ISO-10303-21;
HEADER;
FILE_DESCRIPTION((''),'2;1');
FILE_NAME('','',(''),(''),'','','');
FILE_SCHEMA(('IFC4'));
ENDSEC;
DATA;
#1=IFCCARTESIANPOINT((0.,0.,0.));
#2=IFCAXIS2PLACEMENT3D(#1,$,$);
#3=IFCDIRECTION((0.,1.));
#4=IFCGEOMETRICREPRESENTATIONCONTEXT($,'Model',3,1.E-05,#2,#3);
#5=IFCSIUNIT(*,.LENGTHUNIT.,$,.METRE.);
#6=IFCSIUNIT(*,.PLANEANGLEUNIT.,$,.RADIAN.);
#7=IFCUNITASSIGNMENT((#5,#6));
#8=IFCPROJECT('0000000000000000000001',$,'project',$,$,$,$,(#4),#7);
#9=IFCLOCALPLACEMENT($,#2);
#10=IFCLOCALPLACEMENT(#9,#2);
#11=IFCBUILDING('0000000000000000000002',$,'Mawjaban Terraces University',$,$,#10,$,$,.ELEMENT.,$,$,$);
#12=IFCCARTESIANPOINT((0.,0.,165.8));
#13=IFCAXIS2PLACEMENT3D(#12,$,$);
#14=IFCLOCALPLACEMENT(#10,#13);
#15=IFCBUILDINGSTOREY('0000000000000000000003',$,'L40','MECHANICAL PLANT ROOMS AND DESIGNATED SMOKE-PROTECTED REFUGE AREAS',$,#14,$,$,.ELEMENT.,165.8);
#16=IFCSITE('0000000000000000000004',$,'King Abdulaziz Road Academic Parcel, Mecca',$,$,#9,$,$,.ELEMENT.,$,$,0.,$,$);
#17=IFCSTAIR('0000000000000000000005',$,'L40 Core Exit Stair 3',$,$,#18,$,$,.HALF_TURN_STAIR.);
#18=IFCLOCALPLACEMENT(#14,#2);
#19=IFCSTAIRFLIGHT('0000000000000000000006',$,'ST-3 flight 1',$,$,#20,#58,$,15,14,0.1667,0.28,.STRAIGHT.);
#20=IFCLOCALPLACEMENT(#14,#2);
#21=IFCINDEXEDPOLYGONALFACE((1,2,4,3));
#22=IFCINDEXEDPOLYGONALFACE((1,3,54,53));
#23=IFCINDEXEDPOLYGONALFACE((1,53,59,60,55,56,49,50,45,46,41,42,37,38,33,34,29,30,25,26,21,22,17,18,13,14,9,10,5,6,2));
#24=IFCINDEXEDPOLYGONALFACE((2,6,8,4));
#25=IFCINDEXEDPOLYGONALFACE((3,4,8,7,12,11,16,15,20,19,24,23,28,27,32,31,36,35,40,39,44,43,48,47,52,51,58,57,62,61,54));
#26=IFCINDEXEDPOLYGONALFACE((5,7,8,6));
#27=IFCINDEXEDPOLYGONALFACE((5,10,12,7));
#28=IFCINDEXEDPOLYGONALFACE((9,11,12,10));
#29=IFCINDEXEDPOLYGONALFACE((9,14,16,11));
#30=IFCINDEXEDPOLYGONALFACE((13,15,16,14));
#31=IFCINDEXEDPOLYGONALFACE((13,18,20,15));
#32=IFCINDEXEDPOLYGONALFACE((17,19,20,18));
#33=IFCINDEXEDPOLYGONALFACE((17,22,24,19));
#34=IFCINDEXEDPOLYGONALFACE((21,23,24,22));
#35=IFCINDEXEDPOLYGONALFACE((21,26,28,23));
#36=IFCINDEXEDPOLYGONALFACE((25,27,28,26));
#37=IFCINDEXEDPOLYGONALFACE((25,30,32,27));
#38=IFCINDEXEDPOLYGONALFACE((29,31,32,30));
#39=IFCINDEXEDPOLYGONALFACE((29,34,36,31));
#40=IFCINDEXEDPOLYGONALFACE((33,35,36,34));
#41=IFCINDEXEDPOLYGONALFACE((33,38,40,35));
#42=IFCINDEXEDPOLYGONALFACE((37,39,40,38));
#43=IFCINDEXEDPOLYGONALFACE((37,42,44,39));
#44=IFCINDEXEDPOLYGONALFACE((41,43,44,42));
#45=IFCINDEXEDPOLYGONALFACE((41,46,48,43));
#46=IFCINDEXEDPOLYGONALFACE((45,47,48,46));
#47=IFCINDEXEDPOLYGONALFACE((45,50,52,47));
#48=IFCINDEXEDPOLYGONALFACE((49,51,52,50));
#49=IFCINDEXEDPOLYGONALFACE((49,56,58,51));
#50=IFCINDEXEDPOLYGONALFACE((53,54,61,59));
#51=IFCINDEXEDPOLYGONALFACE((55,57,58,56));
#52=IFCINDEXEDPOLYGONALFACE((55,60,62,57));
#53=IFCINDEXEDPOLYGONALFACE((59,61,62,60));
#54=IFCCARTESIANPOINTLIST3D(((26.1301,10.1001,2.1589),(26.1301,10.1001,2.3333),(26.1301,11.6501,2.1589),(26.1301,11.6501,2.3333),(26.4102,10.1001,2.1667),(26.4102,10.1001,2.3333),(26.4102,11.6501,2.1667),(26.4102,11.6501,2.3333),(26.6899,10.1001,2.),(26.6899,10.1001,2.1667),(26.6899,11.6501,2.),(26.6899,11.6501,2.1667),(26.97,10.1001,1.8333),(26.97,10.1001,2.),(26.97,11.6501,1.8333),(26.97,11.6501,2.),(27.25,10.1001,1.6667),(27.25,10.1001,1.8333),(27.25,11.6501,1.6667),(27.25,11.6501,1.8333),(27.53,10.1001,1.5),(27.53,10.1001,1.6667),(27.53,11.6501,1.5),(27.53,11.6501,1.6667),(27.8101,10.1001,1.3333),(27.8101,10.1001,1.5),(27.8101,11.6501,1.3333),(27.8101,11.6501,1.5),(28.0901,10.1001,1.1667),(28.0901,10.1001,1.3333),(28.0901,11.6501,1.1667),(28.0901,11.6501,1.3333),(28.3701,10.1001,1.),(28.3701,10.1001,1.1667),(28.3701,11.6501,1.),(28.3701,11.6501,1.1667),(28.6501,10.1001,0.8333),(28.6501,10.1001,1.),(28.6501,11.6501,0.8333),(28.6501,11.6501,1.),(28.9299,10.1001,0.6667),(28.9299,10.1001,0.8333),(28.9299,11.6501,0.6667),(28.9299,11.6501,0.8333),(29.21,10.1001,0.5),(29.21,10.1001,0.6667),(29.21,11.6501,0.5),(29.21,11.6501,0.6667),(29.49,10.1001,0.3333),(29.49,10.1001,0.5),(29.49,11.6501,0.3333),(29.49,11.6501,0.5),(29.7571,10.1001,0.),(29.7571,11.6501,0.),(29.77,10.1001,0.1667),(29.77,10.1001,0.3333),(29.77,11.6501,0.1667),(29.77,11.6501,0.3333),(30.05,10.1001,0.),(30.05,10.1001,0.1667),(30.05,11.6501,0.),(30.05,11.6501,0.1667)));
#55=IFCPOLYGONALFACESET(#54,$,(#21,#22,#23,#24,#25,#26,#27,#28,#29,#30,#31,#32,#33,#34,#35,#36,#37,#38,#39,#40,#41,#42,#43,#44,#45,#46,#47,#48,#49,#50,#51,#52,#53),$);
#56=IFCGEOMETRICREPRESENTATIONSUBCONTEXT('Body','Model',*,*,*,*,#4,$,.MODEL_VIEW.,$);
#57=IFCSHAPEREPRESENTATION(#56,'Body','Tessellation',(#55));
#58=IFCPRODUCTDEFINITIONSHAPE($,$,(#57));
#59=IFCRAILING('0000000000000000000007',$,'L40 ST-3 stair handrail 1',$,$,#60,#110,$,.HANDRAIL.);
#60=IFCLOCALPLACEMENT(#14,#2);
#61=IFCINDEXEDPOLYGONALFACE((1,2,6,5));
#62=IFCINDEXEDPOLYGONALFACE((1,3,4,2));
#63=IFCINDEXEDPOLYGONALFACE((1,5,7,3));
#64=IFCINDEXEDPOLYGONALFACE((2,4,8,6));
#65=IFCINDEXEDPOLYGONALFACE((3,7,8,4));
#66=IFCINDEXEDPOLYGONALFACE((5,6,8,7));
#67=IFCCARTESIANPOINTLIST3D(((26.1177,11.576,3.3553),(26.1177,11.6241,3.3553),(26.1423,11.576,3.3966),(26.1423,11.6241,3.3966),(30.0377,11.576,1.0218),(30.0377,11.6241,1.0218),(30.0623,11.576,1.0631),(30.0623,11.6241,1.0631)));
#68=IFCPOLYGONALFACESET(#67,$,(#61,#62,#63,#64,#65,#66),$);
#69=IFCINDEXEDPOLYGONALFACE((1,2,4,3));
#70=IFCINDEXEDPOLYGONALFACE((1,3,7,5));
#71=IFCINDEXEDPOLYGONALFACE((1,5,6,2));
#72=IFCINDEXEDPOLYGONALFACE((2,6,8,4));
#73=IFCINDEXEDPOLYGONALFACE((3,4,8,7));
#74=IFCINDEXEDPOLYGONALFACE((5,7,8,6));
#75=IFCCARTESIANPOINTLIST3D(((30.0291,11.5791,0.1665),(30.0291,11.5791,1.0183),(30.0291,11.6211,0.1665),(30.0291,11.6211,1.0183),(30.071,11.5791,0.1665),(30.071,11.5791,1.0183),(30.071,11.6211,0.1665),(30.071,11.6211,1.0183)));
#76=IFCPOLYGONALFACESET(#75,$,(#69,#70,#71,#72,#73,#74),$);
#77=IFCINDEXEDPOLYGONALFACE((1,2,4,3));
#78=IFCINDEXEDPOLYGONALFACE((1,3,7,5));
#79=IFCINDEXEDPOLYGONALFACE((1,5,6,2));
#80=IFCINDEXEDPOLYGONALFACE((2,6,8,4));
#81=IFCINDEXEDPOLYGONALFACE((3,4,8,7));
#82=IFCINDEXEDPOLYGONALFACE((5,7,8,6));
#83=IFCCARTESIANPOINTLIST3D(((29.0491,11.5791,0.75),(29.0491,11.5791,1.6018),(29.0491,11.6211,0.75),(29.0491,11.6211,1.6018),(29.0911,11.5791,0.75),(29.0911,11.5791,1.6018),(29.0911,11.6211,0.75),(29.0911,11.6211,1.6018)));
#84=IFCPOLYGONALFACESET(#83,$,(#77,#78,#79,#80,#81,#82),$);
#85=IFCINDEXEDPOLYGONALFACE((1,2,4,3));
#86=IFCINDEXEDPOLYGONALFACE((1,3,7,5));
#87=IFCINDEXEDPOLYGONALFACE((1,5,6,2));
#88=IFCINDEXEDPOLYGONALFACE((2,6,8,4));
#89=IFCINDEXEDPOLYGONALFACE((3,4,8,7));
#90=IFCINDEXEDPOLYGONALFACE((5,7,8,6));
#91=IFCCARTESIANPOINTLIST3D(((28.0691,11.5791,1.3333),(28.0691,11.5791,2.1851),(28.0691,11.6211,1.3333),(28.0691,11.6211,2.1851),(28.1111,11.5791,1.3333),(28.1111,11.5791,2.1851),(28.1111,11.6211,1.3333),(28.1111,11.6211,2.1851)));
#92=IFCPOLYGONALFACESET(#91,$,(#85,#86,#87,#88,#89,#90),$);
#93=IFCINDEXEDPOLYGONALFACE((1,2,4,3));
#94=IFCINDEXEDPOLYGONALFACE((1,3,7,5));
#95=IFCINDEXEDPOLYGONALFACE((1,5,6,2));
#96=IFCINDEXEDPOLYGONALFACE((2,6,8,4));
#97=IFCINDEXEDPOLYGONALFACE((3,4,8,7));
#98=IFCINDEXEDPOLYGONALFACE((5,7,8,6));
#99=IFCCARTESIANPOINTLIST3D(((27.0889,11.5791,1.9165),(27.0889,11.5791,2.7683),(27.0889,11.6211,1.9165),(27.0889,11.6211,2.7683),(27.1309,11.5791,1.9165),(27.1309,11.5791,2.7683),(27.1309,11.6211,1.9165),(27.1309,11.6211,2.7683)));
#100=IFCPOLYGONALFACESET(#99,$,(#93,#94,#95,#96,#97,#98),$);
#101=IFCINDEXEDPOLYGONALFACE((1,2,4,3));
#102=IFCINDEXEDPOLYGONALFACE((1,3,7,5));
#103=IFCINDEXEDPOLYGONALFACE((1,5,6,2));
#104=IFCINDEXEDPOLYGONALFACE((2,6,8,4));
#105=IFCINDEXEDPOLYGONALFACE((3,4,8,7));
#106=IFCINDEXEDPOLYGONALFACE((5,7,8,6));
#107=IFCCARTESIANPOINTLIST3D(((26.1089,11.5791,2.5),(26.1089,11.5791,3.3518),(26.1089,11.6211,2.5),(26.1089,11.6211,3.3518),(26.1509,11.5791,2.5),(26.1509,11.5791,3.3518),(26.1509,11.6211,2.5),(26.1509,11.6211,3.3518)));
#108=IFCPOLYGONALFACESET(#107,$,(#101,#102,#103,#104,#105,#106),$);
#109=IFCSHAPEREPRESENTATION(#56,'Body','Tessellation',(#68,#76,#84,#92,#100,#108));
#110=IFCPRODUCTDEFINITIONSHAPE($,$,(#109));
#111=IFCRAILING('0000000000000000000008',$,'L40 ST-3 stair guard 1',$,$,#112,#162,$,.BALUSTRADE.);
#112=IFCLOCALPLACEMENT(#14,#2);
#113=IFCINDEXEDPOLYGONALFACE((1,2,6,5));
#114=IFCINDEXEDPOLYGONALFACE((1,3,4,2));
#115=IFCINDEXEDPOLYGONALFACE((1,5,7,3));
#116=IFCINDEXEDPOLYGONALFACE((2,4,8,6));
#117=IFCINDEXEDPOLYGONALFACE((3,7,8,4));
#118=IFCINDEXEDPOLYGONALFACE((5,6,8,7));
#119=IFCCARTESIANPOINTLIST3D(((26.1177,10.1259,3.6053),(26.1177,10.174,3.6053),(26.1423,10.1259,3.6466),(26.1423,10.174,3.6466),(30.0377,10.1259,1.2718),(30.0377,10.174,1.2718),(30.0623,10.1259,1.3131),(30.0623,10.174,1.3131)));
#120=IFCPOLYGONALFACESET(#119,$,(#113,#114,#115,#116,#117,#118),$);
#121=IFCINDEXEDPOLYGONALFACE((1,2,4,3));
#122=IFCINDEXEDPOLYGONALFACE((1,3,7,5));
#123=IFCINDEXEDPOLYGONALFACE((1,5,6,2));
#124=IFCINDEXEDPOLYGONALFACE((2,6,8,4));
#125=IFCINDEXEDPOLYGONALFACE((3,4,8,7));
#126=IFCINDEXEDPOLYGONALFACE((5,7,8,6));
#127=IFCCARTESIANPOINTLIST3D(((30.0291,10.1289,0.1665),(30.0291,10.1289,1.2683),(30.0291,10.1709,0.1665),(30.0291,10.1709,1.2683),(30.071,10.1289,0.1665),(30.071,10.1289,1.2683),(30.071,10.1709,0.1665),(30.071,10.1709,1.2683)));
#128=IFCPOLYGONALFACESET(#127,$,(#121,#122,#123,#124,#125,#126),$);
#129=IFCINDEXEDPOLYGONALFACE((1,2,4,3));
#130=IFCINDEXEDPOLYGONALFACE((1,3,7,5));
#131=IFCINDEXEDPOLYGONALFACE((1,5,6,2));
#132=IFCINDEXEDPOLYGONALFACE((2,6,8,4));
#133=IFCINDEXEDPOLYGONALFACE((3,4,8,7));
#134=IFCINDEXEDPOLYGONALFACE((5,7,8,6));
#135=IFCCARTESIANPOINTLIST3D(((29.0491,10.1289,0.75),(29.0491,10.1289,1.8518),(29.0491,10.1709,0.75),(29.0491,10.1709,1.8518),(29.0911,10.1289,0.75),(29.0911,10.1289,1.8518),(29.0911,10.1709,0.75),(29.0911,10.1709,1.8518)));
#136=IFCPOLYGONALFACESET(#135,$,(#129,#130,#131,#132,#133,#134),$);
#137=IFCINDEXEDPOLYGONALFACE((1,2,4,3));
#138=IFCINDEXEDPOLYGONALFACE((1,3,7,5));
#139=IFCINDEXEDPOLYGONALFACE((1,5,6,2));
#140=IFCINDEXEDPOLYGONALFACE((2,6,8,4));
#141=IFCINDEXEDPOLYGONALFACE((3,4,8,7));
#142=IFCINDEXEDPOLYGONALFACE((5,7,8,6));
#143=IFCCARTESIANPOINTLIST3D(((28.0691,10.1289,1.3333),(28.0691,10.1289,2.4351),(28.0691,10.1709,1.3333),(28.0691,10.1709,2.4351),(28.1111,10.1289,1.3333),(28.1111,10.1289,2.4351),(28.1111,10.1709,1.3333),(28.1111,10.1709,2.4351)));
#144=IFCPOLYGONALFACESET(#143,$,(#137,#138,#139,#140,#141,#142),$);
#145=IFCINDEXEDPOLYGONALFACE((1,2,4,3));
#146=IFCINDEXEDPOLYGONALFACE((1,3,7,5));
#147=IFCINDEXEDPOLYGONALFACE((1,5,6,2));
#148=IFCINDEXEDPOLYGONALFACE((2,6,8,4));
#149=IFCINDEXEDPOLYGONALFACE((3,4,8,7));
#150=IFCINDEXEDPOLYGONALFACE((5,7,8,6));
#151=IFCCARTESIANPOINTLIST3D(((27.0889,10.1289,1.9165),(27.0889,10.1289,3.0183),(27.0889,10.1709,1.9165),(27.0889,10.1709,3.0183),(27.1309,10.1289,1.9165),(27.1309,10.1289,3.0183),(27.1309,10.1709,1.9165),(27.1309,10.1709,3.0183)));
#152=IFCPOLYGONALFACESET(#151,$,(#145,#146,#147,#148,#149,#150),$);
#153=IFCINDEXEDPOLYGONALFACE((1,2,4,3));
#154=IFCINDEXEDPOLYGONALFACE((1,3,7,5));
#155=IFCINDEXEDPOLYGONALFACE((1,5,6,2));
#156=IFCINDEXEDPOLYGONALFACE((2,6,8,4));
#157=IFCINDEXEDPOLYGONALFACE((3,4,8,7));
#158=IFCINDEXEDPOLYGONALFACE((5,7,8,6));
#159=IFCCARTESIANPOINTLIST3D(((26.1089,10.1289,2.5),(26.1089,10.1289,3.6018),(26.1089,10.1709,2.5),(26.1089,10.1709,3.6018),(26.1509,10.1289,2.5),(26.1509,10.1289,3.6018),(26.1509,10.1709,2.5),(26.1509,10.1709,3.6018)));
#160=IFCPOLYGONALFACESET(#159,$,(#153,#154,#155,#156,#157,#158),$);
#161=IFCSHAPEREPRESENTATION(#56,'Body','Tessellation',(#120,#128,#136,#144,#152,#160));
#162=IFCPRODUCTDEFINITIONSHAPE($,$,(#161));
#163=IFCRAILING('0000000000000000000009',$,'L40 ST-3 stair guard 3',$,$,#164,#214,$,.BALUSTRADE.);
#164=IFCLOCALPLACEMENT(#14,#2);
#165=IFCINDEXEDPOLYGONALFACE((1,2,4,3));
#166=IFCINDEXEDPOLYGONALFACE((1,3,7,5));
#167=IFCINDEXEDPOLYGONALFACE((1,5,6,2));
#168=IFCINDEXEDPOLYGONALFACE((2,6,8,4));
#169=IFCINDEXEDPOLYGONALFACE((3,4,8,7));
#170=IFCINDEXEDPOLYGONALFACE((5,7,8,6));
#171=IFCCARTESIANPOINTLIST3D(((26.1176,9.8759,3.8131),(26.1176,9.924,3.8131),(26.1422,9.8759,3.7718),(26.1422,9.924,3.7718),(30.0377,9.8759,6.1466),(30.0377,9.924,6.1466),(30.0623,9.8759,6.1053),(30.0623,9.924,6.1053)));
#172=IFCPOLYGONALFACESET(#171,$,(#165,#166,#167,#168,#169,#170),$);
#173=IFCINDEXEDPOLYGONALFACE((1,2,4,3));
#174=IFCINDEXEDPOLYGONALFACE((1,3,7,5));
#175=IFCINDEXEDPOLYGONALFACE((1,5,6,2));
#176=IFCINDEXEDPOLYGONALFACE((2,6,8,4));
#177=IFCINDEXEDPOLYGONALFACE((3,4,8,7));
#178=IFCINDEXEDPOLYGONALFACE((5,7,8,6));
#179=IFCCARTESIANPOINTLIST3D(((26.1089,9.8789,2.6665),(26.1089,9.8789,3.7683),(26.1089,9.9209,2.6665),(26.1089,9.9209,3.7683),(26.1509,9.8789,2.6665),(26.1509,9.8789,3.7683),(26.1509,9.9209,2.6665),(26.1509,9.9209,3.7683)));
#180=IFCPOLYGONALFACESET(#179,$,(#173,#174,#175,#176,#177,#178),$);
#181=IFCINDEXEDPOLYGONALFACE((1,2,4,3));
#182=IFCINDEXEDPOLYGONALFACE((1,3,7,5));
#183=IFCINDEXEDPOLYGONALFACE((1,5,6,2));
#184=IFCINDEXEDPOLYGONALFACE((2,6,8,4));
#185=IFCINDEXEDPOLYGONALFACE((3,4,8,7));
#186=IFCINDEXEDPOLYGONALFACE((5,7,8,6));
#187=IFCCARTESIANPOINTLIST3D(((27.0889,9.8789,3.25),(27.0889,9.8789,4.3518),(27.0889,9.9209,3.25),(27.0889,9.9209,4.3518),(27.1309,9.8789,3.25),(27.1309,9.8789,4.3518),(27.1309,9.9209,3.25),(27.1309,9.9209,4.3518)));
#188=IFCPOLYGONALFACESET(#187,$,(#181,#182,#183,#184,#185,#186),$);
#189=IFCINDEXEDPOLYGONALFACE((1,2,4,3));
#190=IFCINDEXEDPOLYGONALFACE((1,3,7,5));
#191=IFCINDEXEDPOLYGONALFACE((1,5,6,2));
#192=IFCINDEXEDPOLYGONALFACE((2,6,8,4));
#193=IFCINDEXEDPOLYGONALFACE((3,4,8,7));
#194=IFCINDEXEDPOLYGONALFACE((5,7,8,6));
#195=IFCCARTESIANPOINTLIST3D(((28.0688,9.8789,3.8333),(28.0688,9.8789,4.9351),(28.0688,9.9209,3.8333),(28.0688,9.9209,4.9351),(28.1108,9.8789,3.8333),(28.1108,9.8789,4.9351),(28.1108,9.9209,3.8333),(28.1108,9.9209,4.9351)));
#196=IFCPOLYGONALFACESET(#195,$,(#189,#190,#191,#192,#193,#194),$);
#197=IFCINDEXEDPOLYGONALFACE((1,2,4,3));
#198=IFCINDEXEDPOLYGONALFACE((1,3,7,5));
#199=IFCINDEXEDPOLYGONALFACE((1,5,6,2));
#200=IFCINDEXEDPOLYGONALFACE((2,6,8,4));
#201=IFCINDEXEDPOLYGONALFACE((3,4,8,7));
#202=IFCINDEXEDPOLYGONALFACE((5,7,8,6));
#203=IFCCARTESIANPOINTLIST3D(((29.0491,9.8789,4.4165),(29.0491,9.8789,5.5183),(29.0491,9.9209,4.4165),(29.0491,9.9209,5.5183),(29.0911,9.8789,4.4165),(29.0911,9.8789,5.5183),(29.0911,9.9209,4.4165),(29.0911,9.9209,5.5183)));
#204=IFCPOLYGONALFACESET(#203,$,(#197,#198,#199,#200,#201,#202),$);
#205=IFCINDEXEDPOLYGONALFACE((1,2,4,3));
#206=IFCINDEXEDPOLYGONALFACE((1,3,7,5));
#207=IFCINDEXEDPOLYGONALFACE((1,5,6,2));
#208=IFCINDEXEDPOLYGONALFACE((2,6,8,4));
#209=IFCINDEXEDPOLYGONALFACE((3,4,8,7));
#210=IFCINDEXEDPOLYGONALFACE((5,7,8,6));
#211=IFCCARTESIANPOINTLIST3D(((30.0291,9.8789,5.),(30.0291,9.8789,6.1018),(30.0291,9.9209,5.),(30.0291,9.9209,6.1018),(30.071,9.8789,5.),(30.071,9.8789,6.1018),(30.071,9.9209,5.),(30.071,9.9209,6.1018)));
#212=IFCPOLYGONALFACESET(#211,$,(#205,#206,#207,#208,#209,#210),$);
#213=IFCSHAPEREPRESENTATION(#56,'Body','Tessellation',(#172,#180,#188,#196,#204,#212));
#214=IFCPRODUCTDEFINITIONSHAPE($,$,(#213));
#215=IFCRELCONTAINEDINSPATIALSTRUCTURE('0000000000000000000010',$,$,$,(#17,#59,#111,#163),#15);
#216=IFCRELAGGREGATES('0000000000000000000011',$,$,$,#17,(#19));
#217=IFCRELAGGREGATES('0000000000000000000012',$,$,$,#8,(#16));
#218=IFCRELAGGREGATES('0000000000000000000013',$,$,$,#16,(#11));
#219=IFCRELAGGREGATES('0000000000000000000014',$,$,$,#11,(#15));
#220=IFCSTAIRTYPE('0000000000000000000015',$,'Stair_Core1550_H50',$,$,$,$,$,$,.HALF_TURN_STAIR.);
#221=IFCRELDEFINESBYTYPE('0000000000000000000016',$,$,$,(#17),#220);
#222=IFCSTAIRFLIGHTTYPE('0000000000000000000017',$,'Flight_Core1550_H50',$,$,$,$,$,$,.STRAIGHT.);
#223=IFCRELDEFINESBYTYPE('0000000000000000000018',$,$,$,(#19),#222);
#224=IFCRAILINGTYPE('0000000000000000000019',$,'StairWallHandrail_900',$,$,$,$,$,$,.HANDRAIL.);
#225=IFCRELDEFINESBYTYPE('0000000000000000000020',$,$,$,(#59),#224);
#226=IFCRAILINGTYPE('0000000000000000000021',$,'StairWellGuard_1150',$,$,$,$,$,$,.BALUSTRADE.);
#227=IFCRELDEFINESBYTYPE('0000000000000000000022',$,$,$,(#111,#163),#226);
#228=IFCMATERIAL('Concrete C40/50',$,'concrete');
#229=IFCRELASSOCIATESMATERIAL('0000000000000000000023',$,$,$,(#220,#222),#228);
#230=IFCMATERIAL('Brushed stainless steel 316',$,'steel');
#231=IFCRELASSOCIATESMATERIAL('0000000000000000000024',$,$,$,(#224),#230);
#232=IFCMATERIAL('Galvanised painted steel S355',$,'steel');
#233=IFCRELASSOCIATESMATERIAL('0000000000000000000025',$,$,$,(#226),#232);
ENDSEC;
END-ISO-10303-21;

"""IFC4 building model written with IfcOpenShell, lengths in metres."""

from ifc_helpers import new_model, si_unit, direction, frame, origin, origin_2d, place, context, subcontext, project, spatial, polyline, rectangle, outline, extrude, material, type_object, element, aggregate, save


model = new_model("IFC4")

# Units and contexts
model_context = context("Model", 3, precision=1e-05, world=origin(), true_north=direction((0.0, 1.0)))
body_context = subcontext(model_context, "Body", "Model", "MODEL_VIEW")
ifc_project = project(units=[si_unit("LENGTHUNIT", "METRE"), si_unit("PLANEANGLEUNIT", "RADIAN")], contexts=[model_context])

# Site, building, storey
site_placement = place(None, origin())
site = spatial("IfcSite", under=ifc_project, at=site_placement, Name="King Abdulaziz Road Academic Parcel, Mecca", CompositionType="ELEMENT", RefElevation=0.0)
building_placement = place(site_placement, origin())
building = spatial("IfcBuilding", under=site, at=building_placement, Name="Mawjaban Terraces University", CompositionType="ELEMENT")
storey_placement = place(building_placement, frame((0.0, 0.0, 165.8)))
storey = spatial("IfcBuildingStorey", under=building, at=storey_placement, Name="L40", Description="MECHANICAL PLANT ROOMS AND DESIGNATED SMOKE-PROTECTED REFUGE AREAS", CompositionType="ELEMENT", Elevation=165.8)

# Shared definitions
ifc_material_1 = material(Name="Concrete C40/50", Category="concrete")

# Stair, stair flight
stair_type = type_object("IfcStairType", Name="Stair_Core1550_H50", PredefinedType="HALF_TURN_STAIR", material=ifc_material_1)
stair_placement = place(storey_placement, origin())
stair = element("IfcStair", 1, at=stair_placement, inside=storey, type_object=stair_type, Name="L40 Core Exit Stair 3", PredefinedType="HALF_TURN_STAIR")
stair_flight_type = type_object("IfcStairFlightType", Name="Flight_Core1550_H50", PredefinedType="STRAIGHT", material=ifc_material_1)
stair_flight_placement = place(storey_placement, frame((30.05, 10.875, 0.0), z_axis=(0.0, 0.0, 1.0), x_axis=(-1.0, 0.0, 0.0)))
stair_flight = element("IfcStairFlight", 2, at=stair_flight_placement, type_object=stair_flight_type, Name="ST-3 flight 1", NumberOfRisers=15, NumberOfTreads=14, PredefinedType="STRAIGHT", RiserHeight=0.1667, TreadLength=0.28, context=body_context, shape_type="SweptSolid", body=[
    extrude(outline(polyline([(0.0, 0.0), (0.0, 0.1667), (0.28, 0.1667), (0.28, 0.3333), (0.5601, 0.3333), (0.5601, 0.5), (0.8401, 0.5), (0.8401, 0.6667), (1.1201, 0.6667), (1.1201, 0.8333), (1.3999, 0.8333), (1.3999, 1.0), (1.6799, 1.0), (1.6799, 1.1667), (1.96, 1.1667), (1.96, 1.3333), (2.24, 1.3333), (2.24, 1.5), (2.52, 1.5), (2.52, 1.6667), (2.8, 1.6667), (2.8, 1.8333), (3.0801, 1.8333), (3.0801, 2.0), (3.3601, 2.0), (3.3601, 2.1667), (3.6399, 2.1667), (3.6399, 2.3333), (3.9199, 2.3333), (3.9199, 2.5), (3.9199, 2.1589), (0.293, 0.0), (0.0, 0.0)])), frame((0.0, 0.7749, 0.0), z_axis=(0.0, -1.0, 0.0), x_axis=(1.0, 0.0, 0.0)), (0.0, 0.0, 1.0), 1.55),
])
aggregate(stair, [stair_flight])

# Railings
ifc_material_2 = material(Name="Brushed stainless steel 316", Category="steel")
railing_type_1 = type_object("IfcRailingType", Name="StairWallHandrail_900", PredefinedType="HANDRAIL", material=ifc_material_2)
railing_1_placement = place(storey_placement, frame((30.05, 11.6001, 0.1665)))
element("IfcRailing", 3, at=railing_1_placement, inside=storey, type_object=railing_type_1, Name="L40 ST-3 stair handrail 1", PredefinedType="HANDRAIL", context=body_context, shape_type="SweptSolid", body=[
    extrude(rectangle(XDim=0.0481, YDim=0.0481, at=origin_2d()), frame((0.0, 0.0, 0.876), z_axis=(-0.859287, 0.0, 0.511494), x_axis=(0.0, -1.0, 0.0)), (0.0, 0.0, 1.0), 4.562),
    extrude(rectangle(XDim=0.042, YDim=0.042, at=origin_2d()), origin(), (0.0, 0.0, 1.0), 0.8518),
    extrude(rectangle(XDim=0.042, YDim=0.042, at=origin_2d()), frame((-0.98, 0.0, 0.5835)), (0.0, 0.0, 1.0), 0.8518),
    extrude(rectangle(XDim=0.042, YDim=0.042, at=origin_2d()), frame((-1.96, 0.0, 1.1667)), (0.0, 0.0, 1.0), 0.8518),
    extrude(rectangle(XDim=0.042, YDim=0.042, at=origin_2d()), frame((-2.9402, 0.0, 1.75)), (0.0, 0.0, 1.0), 0.8518),
    extrude(rectangle(XDim=0.042, YDim=0.042, at=origin_2d()), frame((-3.9202, 0.0, 2.3335)), (0.0, 0.0, 1.0), 0.8518),
])
ifc_material_3 = material(Name="Galvanised painted steel S355", Category="steel")
railing_type_2 = type_object("IfcRailingType", Name="StairWellGuard_1150", PredefinedType="BALUSTRADE", material=ifc_material_3)
railing_2_placement = place(storey_placement, frame((30.05, 10.1499, 0.1665)))
element("IfcRailing", 4, at=railing_2_placement, inside=storey, type_object=railing_type_2, Name="L40 ST-3 stair guard 1", PredefinedType="BALUSTRADE", context=body_context, shape_type="SweptSolid", body=[
    extrude(rectangle(XDim=0.0481, YDim=0.0481, at=origin_2d()), frame((0.0, 0.0, 1.126), z_axis=(-0.859287, 0.0, 0.511494), x_axis=(0.0, -1.0, 0.0)), (0.0, 0.0, 1.0), 4.562),
    extrude(rectangle(XDim=0.042, YDim=0.042, at=origin_2d()), origin(), (0.0, 0.0, 1.0), 1.1018),
    extrude(rectangle(XDim=0.042, YDim=0.042, at=origin_2d()), frame((-0.98, 0.0, 0.5835)), (0.0, 0.0, 1.0), 1.1018),
    extrude(rectangle(XDim=0.042, YDim=0.042, at=origin_2d()), frame((-1.96, 0.0, 1.1667)), (0.0, 0.0, 1.0), 1.1018),
    extrude(rectangle(XDim=0.042, YDim=0.042, at=origin_2d()), frame((-2.9402, 0.0, 1.75)), (0.0, 0.0, 1.0), 1.1018),
    extrude(rectangle(XDim=0.042, YDim=0.042, at=origin_2d()), frame((-3.9202, 0.0, 2.3335)), (0.0, 0.0, 1.0), 1.1018),
])
railing_3_placement = place(storey_placement, frame((26.1299, 9.8999, 2.6665)))
element("IfcRailing", 5, at=railing_3_placement, inside=storey, type_object=railing_type_2, Name="L40 ST-3 stair guard 3", PredefinedType="BALUSTRADE", context=body_context, shape_type="SweptSolid", body=[
    extrude(rectangle(XDim=0.0481, YDim=0.0481, at=origin_2d()), frame((0.0, 0.0, 1.126), z_axis=(0.859287, 0.0, 0.511494), x_axis=(0.0, 1.0, 0.0)), (0.0, 0.0, 1.0), 4.562),
    extrude(rectangle(XDim=0.042, YDim=0.042, at=origin_2d()), origin(), (0.0, 0.0, 1.0), 1.1018),
    extrude(rectangle(XDim=0.042, YDim=0.042, at=origin_2d()), frame((0.98, 0.0, 0.5835)), (0.0, 0.0, 1.0), 1.1018),
    extrude(rectangle(XDim=0.042, YDim=0.042, at=origin_2d()), frame((1.96, 0.0, 1.1667)), (0.0, 0.0, 1.0), 1.1018),
    extrude(rectangle(XDim=0.042, YDim=0.042, at=origin_2d()), frame((2.9402, 0.0, 1.75)), (0.0, 0.0, 1.0), 1.1018),
    extrude(rectangle(XDim=0.042, YDim=0.042, at=origin_2d()), frame((3.9202, 0.0, 2.3335)), (0.0, 0.0, 1.0), 1.1018),
])

save(model, "model.ifc")
